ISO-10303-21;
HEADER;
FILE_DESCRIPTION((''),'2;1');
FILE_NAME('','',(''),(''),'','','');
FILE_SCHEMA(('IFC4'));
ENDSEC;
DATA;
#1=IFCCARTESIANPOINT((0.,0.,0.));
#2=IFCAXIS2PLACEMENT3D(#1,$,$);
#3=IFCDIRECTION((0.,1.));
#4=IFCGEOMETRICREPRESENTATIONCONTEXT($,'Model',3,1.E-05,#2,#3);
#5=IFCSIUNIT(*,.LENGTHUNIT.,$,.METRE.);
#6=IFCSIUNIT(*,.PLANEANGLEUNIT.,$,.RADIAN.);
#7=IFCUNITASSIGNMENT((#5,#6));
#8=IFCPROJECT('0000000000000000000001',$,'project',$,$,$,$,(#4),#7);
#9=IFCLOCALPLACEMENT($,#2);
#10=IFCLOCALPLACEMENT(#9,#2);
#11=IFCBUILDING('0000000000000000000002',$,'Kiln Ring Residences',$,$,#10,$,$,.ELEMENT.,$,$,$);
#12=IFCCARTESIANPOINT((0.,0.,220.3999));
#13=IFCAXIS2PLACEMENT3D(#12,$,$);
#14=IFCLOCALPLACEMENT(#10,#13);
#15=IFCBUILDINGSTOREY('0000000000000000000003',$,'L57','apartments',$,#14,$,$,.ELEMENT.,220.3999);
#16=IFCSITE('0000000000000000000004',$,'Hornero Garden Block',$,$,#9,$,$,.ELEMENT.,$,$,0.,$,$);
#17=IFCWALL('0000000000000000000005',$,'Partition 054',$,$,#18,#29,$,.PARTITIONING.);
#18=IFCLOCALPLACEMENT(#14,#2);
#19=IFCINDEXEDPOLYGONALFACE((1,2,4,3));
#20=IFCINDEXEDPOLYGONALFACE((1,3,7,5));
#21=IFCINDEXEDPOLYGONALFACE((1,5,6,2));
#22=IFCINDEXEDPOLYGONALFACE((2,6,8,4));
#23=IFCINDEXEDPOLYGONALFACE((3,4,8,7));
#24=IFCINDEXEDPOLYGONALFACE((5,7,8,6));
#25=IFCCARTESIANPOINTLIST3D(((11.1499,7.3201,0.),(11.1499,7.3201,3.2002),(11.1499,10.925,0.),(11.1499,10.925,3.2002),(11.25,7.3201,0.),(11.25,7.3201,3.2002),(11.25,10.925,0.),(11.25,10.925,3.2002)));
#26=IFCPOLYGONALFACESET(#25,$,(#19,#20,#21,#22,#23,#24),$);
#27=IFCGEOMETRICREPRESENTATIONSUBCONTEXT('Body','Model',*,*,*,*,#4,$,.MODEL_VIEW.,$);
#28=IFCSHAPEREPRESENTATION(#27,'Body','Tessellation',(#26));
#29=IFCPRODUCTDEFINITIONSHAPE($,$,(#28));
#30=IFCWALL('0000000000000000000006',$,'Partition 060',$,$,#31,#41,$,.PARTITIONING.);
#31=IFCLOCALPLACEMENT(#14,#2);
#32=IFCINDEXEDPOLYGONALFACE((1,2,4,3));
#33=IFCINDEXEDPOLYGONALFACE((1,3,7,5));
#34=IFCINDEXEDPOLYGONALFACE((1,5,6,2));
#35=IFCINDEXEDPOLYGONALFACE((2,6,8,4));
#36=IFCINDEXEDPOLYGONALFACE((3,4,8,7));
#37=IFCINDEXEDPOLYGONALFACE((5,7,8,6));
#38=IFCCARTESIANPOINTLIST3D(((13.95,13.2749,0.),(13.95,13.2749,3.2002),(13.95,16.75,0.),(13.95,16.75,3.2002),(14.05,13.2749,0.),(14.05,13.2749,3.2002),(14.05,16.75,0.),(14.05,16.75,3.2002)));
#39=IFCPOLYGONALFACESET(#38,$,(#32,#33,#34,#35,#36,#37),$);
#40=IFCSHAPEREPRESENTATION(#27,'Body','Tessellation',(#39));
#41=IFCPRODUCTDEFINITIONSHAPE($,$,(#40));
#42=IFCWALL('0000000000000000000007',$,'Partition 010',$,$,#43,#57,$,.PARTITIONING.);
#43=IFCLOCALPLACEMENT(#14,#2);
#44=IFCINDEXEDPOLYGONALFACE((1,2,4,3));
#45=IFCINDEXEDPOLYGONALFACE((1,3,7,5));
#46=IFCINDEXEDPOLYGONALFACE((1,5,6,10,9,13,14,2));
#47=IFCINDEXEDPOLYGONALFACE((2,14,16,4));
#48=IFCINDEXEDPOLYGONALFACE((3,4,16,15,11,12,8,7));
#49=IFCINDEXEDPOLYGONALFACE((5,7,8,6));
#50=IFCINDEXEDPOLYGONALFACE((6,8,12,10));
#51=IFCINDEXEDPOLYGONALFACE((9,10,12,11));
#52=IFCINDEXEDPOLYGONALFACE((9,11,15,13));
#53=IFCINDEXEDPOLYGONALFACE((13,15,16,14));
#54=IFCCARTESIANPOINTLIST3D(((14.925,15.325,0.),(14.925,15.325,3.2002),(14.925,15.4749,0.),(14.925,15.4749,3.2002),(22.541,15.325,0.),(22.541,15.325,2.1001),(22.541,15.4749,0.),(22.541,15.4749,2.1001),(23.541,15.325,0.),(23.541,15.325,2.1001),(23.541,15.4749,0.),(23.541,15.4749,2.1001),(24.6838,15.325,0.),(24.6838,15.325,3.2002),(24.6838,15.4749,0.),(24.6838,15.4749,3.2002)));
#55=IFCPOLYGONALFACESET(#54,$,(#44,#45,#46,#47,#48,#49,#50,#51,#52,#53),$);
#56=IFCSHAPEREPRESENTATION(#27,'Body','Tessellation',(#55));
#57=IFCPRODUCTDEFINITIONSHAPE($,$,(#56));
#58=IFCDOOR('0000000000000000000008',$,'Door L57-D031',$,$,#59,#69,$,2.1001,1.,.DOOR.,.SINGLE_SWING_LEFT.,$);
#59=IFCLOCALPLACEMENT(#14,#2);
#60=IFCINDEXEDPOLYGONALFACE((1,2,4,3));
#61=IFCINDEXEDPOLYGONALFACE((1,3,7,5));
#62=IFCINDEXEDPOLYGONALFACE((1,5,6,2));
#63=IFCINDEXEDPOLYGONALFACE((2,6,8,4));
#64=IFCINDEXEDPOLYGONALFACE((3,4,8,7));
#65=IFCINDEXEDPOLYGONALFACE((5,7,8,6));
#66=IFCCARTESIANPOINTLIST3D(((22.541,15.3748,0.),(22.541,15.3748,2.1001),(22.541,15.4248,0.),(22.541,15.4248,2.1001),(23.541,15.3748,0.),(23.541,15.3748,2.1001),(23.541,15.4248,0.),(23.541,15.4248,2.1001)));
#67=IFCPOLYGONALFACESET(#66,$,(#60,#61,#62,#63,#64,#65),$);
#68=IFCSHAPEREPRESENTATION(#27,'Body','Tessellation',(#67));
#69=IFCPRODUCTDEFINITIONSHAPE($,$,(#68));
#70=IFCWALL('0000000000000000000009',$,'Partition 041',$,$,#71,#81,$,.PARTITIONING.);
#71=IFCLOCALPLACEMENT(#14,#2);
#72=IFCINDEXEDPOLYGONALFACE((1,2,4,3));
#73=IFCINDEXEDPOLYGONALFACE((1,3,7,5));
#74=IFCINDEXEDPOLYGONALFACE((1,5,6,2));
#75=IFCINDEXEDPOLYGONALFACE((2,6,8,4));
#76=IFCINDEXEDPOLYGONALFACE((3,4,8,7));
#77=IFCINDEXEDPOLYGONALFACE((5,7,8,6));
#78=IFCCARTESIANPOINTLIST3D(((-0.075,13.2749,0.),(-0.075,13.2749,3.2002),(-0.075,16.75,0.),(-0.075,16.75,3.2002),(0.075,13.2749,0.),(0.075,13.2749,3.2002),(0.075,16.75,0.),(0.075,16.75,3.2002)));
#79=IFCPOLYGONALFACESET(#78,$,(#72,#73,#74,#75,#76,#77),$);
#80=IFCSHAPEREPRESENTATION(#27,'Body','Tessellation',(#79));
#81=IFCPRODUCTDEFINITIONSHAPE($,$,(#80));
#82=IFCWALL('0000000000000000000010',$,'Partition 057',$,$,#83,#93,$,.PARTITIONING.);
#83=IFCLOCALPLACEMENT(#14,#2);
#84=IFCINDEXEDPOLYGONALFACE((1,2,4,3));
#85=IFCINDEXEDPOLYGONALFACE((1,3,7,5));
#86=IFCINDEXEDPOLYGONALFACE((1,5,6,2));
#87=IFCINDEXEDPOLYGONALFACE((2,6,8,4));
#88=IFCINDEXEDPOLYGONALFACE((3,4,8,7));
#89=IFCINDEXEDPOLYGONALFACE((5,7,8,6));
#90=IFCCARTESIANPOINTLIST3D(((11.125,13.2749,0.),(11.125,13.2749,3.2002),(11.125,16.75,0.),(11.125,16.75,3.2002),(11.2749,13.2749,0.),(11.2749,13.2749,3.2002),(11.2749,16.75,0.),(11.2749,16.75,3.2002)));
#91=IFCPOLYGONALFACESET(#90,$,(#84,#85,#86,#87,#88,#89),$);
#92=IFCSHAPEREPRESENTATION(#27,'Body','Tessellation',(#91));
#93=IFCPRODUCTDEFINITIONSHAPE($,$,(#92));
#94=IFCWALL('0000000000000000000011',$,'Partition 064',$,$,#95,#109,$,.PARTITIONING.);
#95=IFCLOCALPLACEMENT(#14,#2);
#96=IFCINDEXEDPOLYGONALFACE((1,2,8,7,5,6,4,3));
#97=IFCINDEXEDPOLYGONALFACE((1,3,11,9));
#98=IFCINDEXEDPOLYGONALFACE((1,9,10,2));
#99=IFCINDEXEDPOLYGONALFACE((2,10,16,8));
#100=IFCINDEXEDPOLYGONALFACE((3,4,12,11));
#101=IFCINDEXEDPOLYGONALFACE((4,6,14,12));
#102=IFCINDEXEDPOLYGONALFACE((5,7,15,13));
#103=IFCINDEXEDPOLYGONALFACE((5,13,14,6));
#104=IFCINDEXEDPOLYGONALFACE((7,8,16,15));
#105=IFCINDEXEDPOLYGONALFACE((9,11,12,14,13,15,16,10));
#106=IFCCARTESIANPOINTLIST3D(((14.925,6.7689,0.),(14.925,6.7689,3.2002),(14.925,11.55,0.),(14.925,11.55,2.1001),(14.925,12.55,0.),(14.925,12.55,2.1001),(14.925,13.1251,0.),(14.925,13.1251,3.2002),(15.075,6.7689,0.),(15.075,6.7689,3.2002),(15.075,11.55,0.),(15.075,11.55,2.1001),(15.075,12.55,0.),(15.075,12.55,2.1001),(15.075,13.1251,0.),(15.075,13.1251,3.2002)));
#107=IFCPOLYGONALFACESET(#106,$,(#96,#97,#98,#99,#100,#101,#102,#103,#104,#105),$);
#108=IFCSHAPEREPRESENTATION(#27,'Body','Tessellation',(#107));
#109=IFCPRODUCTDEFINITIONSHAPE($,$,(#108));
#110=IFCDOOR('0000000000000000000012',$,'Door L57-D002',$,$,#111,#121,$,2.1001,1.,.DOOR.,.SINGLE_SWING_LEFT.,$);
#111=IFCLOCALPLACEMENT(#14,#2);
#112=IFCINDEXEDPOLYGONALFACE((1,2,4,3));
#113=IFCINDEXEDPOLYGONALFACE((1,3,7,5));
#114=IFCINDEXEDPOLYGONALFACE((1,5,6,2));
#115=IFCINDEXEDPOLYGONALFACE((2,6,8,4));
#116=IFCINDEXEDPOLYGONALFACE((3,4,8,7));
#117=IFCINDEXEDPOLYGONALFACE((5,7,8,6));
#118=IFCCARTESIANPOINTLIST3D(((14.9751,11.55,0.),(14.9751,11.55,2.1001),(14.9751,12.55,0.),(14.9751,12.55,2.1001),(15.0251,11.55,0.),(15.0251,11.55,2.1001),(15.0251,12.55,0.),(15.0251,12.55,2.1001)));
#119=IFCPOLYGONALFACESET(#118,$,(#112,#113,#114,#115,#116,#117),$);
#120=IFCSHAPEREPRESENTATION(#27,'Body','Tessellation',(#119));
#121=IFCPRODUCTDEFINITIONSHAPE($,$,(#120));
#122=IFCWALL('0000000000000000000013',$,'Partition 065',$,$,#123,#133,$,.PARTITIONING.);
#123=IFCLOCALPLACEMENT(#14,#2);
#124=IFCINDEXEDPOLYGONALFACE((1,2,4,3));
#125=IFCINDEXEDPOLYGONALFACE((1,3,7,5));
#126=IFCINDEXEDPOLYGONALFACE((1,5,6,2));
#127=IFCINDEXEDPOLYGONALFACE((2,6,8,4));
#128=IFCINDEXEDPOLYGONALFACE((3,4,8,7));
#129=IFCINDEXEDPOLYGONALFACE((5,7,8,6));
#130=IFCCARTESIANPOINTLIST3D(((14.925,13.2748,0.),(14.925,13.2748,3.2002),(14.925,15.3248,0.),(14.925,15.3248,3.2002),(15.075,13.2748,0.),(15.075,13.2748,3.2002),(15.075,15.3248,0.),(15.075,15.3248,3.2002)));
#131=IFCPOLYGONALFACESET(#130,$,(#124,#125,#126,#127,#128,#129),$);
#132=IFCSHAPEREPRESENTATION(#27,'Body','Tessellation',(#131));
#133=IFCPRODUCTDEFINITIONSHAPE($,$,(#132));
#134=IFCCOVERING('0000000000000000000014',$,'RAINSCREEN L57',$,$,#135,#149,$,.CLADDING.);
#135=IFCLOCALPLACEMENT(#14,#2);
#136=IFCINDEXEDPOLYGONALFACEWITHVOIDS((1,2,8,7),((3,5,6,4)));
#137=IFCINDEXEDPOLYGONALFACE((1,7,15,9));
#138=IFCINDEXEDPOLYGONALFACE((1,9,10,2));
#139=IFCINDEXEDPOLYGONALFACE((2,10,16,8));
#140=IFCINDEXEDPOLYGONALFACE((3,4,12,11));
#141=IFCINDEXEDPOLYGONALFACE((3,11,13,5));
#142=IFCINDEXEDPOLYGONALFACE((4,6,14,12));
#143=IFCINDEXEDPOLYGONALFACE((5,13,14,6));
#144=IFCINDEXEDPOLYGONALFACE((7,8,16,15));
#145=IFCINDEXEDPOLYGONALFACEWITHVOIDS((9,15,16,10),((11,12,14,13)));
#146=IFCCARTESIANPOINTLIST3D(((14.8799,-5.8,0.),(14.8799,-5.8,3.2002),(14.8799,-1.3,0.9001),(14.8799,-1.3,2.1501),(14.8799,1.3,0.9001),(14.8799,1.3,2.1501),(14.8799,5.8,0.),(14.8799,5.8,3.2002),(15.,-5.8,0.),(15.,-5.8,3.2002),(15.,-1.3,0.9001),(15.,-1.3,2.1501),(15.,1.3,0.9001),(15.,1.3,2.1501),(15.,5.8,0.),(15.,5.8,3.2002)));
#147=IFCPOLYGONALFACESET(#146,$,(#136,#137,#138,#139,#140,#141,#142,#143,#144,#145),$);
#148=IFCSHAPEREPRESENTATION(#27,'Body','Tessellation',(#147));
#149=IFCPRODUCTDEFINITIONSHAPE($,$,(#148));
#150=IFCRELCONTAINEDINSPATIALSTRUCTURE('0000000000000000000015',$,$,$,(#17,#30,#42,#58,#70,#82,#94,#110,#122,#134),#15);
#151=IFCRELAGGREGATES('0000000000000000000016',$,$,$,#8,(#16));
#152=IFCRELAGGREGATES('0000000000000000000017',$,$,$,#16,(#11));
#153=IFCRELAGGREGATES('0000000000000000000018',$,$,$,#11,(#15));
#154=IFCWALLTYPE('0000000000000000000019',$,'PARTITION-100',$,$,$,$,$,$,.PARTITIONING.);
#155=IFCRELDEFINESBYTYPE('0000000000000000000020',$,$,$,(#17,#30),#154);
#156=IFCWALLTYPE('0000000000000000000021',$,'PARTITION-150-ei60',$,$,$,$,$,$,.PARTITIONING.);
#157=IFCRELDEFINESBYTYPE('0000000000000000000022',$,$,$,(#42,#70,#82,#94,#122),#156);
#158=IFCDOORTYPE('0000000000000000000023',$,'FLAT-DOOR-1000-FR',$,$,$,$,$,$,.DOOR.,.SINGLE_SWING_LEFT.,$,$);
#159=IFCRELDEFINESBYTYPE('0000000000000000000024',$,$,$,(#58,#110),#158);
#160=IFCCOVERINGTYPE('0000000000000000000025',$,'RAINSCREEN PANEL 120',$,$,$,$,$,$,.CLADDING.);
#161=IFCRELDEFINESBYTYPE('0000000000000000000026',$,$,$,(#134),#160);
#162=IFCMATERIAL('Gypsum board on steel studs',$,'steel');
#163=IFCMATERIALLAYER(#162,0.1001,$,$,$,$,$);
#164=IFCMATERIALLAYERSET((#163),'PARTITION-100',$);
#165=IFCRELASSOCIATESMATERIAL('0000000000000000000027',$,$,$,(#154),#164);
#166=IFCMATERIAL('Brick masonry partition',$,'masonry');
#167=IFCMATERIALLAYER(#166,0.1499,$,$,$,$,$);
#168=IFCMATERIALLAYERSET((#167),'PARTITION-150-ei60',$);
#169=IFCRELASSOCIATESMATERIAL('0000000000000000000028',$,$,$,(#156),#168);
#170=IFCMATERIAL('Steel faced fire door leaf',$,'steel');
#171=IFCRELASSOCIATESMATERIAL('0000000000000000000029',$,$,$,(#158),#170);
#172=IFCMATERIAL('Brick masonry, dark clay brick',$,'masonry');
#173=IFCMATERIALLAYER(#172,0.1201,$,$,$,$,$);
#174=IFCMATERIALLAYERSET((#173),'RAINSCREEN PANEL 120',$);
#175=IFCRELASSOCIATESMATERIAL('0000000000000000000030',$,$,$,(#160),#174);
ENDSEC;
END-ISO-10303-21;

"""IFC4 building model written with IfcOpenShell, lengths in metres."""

from ifc_helpers import new_model, si_unit, direction, frame, frame_2d, origin, place, context, subcontext, project, spatial, polyline, rectangle, outline, extrude, material, layer, layer_set, type_object, element, fill, save


model = new_model("IFC4")

# Units and contexts
model_context = context("Model", 3, precision=1e-05, world=origin(), true_north=direction((0.0, 1.0)))
body_context = subcontext(model_context, "Body", "Model", "MODEL_VIEW")
ifc_project = project(units=[si_unit("LENGTHUNIT", "METRE"), si_unit("PLANEANGLEUNIT", "RADIAN")], contexts=[model_context])

# Site, building, storey
site_placement = place(None, origin())
site = spatial("IfcSite", under=ifc_project, at=site_placement, Name="Hornero Garden Block", CompositionType="ELEMENT", RefElevation=0.0)
building_placement = place(site_placement, origin())
building = spatial("IfcBuilding", under=site, at=building_placement, Name="Kiln Ring Residences", CompositionType="ELEMENT")
storey_placement = place(building_placement, frame((0.0, 0.0, 220.3999)))
storey = spatial("IfcBuildingStorey", under=building, at=storey_placement, Name="L57", Description="apartments", CompositionType="ELEMENT", Elevation=220.3999)

# Shared definitions
ifc_material_1 = material(Name="Gypsum board on steel studs", Category="steel")
ifc_layer_1 = layer(ifc_material_1, 0.1001)
ifc_layer_set_1 = layer_set([ifc_layer_1], Name="PARTITION-100")
wall_type_1 = type_object("IfcWallType", Name="PARTITION-100", PredefinedType="PARTITIONING", material=ifc_layer_set_1)

# Walls
wall_1_placement = place(storey_placement, frame((11.2, 7.3201, 0.0), z_axis=(0.0, 0.0, 1.0), x_axis=(0.0, 1.0, 0.0)))
element("IfcWall", 1, at=wall_1_placement, inside=storey, type_object=wall_type_1, Name="Partition 054", PredefinedType="PARTITIONING", context=body_context, shape_type="SweptSolid", body=[
    extrude(rectangle(XDim=3.605, YDim=0.1001, at=frame_2d((1.8025, 0.0))), origin(), (0.0, 0.0, 1.0), 3.2002),
])
wall_2_placement = place(storey_placement, frame((14.0, 13.2749, 0.0), z_axis=(0.0, 0.0, 1.0), x_axis=(0.0, 1.0, 0.0)))
element("IfcWall", 2, at=wall_2_placement, inside=storey, type_object=wall_type_1, Name="Partition 060", PredefinedType="PARTITIONING", context=body_context, shape_type="SweptSolid", body=[
    extrude(rectangle(XDim=3.4751, YDim=0.1001, at=frame_2d((1.7375, 0.0))), origin(), (0.0, 0.0, 1.0), 3.2002),
])

# Wall, opening, door
ifc_material_2 = material(Name="Brick masonry partition", Category="masonry")
ifc_layer_2 = layer(ifc_material_2, 0.1499)
ifc_layer_set_2 = layer_set([ifc_layer_2], Name="PARTITION-150-ei60")
wall_type_2 = type_object("IfcWallType", Name="PARTITION-150-ei60", PredefinedType="PARTITIONING", material=ifc_layer_set_2)
wall_3_placement = place(storey_placement, frame((14.925, 15.3999, 0.0), z_axis=(0.0, 0.0, 1.0), x_axis=(1.0, 0.0, 0.0)))
wall_3 = element("IfcWall", 3, at=wall_3_placement, inside=storey, type_object=wall_type_2, Name="Partition 010", PredefinedType="PARTITIONING", context=body_context, shape_type="SweptSolid", body=[
    extrude(rectangle(XDim=9.7588, YDim=0.1499, at=frame_2d((4.8794, 0.0))), origin(), (0.0, 0.0, 1.0), 3.2002),
])
opening_1_placement = place(wall_3_placement, frame((7.616, 0.0, 0.0)))
opening_1 = element("IfcOpeningElement", 4, at=opening_1_placement, cuts=wall_3, PredefinedType="OPENING", context=body_context, shape_type="SweptSolid", body=[
    extrude(rectangle(XDim=1.0, YDim=2.1001, at=frame_2d((0.5, 1.05))), frame((0.0, 0.085, 0.0), z_axis=(0.0, -1.0, 0.0), x_axis=(1.0, 0.0, 0.0)), (0.0, 0.0, 1.0), 0.1699),
])
ifc_material_3 = material(Name="Steel faced fire door leaf", Category="steel")
door_type_1 = type_object("IfcDoorType", Name="FLAT-DOOR-1000-FR", OperationType="SINGLE_SWING_LEFT", PredefinedType="DOOR", material=ifc_material_3)
door_1_placement = place(opening_1_placement, origin())
door_1 = element("IfcDoor", 5, at=door_1_placement, inside=storey, type_object=door_type_1, Name="Door L57-D031", OperationType="SINGLE_SWING_LEFT", OverallHeight=2.1001, OverallWidth=1.0, PredefinedType="DOOR", context=body_context, shape_type="SweptSolid", body=[
    extrude(rectangle(XDim=1.0, YDim=2.1001, at=frame_2d((0.5, 1.05))), frame((0.0, 0.0249, 0.0), z_axis=(0.0, -1.0, 0.0), x_axis=(1.0, 0.0, 0.0)), (0.0, 0.0, 1.0), 0.05),
])
fill(opening_1, door_1)

# Walls
for number, where, z_axis, x_axis, name in (
    (6, (0.0, 13.2749, 0.0), (0.0, 0.0, 1.0), (0.0, 1.0, 0.0), "Partition 041"),
    (7, (11.2, 13.2749, 0.0), (0.0, 0.0, 1.0), (0.0, 1.0, 0.0), "Partition 057"),
):
    element("IfcWall", number, at=place(storey_placement, frame(where, z_axis=z_axis, x_axis=x_axis)), inside=storey, type_object=wall_type_2, Name=name, PredefinedType="PARTITIONING", context=body_context, shape_type="SweptSolid", body=[
        extrude(rectangle(XDim=3.4751, YDim=0.1499, at=frame_2d((1.7375, 0.0))), origin(), (0.0, 0.0, 1.0), 3.2002),
    ])

# Wall, opening, door
wall_4_placement = place(storey_placement, frame((15.0, 6.7688, 0.0), z_axis=(0.0, 0.0, 1.0), x_axis=(0.0, 1.0, 0.0)))
wall_4 = element("IfcWall", 8, at=wall_4_placement, inside=storey, type_object=wall_type_2, Name="Partition 064", PredefinedType="PARTITIONING", context=body_context, shape_type="SweptSolid", body=[
    extrude(rectangle(XDim=6.3562, YDim=0.1499, at=frame_2d((3.1782, 0.0))), origin(), (0.0, 0.0, 1.0), 3.2002),
])
opening_2_placement = place(wall_4_placement, frame((4.7812, 0.0, 0.0)))
opening_2 = element("IfcOpeningElement", 9, at=opening_2_placement, cuts=wall_4, PredefinedType="OPENING", context=body_context, shape_type="SweptSolid", body=[
    extrude(rectangle(XDim=1.0, YDim=2.1001, at=frame_2d((0.5, 1.05))), frame((0.0, 0.085, 0.0), z_axis=(0.0, -1.0, 0.0), x_axis=(1.0, 0.0, 0.0)), (0.0, 0.0, 1.0), 0.1699),
])
door_2_placement = place(opening_2_placement, origin())
door_2 = element("IfcDoor", 10, at=door_2_placement, inside=storey, type_object=door_type_1, Name="Door L57-D002", OperationType="SINGLE_SWING_LEFT", OverallHeight=2.1001, OverallWidth=1.0, PredefinedType="DOOR", context=body_context, shape_type="SweptSolid", body=[
    extrude(rectangle(XDim=1.0, YDim=2.1001, at=frame_2d((0.5, 1.05))), frame((0.0, 0.0249, 0.0), z_axis=(0.0, -1.0, 0.0), x_axis=(1.0, 0.0, 0.0)), (0.0, 0.0, 1.0), 0.05),
])
fill(opening_2, door_2)

# Wall
wall_5_placement = place(storey_placement, frame((15.0, 13.2749, 0.0), z_axis=(0.0, 0.0, 1.0), x_axis=(0.0, 1.0, 0.0)))
element("IfcWall", 11, at=wall_5_placement, inside=storey, type_object=wall_type_2, Name="Partition 065", PredefinedType="PARTITIONING", context=body_context, shape_type="SweptSolid", body=[
    extrude(rectangle(XDim=2.05, YDim=0.1499, at=frame_2d((1.0249, 0.0))), origin(), (0.0, 0.0, 1.0), 3.2002),
])

# Covering
ifc_material_4 = material(Name="Brick masonry, dark clay brick", Category="masonry")
ifc_layer_3 = layer(ifc_material_4, 0.1201)
ifc_layer_set_3 = layer_set([ifc_layer_3], Name="RAINSCREEN PANEL 120")
covering_type = type_object("IfcCoveringType", Name="RAINSCREEN PANEL 120", PredefinedType="CLADDING", material=ifc_layer_set_3)
covering_placement = place(storey_placement, frame((14.9399, 5.8, 0.0), z_axis=(0.0, 0.0, 1.0), x_axis=(0.0, -1.0, 0.0)))
element("IfcCovering", 12, at=covering_placement, inside=storey, type_object=covering_type, Name="RAINSCREEN L57", PredefinedType="CLADDING", context=body_context, shape_type="SweptSolid", body=[
    extrude(outline(polyline([(0.0, 0.0), (11.6001, 0.0), (11.6001, 3.2002), (0.0, 3.2002), (0.0, 0.0)]), holes=[polyline([(4.5, 2.1501), (4.5, 0.9001), (7.1001, 0.9001), (7.1001, 2.1501), (4.5, 2.1501)])]), frame((0.0, 0.0601, 0.0), z_axis=(0.0, -1.0, 0.0), x_axis=(1.0, 0.0, 0.0)), (0.0, 0.0, 1.0), 0.1201),
])

save(model, "model.ifc")
